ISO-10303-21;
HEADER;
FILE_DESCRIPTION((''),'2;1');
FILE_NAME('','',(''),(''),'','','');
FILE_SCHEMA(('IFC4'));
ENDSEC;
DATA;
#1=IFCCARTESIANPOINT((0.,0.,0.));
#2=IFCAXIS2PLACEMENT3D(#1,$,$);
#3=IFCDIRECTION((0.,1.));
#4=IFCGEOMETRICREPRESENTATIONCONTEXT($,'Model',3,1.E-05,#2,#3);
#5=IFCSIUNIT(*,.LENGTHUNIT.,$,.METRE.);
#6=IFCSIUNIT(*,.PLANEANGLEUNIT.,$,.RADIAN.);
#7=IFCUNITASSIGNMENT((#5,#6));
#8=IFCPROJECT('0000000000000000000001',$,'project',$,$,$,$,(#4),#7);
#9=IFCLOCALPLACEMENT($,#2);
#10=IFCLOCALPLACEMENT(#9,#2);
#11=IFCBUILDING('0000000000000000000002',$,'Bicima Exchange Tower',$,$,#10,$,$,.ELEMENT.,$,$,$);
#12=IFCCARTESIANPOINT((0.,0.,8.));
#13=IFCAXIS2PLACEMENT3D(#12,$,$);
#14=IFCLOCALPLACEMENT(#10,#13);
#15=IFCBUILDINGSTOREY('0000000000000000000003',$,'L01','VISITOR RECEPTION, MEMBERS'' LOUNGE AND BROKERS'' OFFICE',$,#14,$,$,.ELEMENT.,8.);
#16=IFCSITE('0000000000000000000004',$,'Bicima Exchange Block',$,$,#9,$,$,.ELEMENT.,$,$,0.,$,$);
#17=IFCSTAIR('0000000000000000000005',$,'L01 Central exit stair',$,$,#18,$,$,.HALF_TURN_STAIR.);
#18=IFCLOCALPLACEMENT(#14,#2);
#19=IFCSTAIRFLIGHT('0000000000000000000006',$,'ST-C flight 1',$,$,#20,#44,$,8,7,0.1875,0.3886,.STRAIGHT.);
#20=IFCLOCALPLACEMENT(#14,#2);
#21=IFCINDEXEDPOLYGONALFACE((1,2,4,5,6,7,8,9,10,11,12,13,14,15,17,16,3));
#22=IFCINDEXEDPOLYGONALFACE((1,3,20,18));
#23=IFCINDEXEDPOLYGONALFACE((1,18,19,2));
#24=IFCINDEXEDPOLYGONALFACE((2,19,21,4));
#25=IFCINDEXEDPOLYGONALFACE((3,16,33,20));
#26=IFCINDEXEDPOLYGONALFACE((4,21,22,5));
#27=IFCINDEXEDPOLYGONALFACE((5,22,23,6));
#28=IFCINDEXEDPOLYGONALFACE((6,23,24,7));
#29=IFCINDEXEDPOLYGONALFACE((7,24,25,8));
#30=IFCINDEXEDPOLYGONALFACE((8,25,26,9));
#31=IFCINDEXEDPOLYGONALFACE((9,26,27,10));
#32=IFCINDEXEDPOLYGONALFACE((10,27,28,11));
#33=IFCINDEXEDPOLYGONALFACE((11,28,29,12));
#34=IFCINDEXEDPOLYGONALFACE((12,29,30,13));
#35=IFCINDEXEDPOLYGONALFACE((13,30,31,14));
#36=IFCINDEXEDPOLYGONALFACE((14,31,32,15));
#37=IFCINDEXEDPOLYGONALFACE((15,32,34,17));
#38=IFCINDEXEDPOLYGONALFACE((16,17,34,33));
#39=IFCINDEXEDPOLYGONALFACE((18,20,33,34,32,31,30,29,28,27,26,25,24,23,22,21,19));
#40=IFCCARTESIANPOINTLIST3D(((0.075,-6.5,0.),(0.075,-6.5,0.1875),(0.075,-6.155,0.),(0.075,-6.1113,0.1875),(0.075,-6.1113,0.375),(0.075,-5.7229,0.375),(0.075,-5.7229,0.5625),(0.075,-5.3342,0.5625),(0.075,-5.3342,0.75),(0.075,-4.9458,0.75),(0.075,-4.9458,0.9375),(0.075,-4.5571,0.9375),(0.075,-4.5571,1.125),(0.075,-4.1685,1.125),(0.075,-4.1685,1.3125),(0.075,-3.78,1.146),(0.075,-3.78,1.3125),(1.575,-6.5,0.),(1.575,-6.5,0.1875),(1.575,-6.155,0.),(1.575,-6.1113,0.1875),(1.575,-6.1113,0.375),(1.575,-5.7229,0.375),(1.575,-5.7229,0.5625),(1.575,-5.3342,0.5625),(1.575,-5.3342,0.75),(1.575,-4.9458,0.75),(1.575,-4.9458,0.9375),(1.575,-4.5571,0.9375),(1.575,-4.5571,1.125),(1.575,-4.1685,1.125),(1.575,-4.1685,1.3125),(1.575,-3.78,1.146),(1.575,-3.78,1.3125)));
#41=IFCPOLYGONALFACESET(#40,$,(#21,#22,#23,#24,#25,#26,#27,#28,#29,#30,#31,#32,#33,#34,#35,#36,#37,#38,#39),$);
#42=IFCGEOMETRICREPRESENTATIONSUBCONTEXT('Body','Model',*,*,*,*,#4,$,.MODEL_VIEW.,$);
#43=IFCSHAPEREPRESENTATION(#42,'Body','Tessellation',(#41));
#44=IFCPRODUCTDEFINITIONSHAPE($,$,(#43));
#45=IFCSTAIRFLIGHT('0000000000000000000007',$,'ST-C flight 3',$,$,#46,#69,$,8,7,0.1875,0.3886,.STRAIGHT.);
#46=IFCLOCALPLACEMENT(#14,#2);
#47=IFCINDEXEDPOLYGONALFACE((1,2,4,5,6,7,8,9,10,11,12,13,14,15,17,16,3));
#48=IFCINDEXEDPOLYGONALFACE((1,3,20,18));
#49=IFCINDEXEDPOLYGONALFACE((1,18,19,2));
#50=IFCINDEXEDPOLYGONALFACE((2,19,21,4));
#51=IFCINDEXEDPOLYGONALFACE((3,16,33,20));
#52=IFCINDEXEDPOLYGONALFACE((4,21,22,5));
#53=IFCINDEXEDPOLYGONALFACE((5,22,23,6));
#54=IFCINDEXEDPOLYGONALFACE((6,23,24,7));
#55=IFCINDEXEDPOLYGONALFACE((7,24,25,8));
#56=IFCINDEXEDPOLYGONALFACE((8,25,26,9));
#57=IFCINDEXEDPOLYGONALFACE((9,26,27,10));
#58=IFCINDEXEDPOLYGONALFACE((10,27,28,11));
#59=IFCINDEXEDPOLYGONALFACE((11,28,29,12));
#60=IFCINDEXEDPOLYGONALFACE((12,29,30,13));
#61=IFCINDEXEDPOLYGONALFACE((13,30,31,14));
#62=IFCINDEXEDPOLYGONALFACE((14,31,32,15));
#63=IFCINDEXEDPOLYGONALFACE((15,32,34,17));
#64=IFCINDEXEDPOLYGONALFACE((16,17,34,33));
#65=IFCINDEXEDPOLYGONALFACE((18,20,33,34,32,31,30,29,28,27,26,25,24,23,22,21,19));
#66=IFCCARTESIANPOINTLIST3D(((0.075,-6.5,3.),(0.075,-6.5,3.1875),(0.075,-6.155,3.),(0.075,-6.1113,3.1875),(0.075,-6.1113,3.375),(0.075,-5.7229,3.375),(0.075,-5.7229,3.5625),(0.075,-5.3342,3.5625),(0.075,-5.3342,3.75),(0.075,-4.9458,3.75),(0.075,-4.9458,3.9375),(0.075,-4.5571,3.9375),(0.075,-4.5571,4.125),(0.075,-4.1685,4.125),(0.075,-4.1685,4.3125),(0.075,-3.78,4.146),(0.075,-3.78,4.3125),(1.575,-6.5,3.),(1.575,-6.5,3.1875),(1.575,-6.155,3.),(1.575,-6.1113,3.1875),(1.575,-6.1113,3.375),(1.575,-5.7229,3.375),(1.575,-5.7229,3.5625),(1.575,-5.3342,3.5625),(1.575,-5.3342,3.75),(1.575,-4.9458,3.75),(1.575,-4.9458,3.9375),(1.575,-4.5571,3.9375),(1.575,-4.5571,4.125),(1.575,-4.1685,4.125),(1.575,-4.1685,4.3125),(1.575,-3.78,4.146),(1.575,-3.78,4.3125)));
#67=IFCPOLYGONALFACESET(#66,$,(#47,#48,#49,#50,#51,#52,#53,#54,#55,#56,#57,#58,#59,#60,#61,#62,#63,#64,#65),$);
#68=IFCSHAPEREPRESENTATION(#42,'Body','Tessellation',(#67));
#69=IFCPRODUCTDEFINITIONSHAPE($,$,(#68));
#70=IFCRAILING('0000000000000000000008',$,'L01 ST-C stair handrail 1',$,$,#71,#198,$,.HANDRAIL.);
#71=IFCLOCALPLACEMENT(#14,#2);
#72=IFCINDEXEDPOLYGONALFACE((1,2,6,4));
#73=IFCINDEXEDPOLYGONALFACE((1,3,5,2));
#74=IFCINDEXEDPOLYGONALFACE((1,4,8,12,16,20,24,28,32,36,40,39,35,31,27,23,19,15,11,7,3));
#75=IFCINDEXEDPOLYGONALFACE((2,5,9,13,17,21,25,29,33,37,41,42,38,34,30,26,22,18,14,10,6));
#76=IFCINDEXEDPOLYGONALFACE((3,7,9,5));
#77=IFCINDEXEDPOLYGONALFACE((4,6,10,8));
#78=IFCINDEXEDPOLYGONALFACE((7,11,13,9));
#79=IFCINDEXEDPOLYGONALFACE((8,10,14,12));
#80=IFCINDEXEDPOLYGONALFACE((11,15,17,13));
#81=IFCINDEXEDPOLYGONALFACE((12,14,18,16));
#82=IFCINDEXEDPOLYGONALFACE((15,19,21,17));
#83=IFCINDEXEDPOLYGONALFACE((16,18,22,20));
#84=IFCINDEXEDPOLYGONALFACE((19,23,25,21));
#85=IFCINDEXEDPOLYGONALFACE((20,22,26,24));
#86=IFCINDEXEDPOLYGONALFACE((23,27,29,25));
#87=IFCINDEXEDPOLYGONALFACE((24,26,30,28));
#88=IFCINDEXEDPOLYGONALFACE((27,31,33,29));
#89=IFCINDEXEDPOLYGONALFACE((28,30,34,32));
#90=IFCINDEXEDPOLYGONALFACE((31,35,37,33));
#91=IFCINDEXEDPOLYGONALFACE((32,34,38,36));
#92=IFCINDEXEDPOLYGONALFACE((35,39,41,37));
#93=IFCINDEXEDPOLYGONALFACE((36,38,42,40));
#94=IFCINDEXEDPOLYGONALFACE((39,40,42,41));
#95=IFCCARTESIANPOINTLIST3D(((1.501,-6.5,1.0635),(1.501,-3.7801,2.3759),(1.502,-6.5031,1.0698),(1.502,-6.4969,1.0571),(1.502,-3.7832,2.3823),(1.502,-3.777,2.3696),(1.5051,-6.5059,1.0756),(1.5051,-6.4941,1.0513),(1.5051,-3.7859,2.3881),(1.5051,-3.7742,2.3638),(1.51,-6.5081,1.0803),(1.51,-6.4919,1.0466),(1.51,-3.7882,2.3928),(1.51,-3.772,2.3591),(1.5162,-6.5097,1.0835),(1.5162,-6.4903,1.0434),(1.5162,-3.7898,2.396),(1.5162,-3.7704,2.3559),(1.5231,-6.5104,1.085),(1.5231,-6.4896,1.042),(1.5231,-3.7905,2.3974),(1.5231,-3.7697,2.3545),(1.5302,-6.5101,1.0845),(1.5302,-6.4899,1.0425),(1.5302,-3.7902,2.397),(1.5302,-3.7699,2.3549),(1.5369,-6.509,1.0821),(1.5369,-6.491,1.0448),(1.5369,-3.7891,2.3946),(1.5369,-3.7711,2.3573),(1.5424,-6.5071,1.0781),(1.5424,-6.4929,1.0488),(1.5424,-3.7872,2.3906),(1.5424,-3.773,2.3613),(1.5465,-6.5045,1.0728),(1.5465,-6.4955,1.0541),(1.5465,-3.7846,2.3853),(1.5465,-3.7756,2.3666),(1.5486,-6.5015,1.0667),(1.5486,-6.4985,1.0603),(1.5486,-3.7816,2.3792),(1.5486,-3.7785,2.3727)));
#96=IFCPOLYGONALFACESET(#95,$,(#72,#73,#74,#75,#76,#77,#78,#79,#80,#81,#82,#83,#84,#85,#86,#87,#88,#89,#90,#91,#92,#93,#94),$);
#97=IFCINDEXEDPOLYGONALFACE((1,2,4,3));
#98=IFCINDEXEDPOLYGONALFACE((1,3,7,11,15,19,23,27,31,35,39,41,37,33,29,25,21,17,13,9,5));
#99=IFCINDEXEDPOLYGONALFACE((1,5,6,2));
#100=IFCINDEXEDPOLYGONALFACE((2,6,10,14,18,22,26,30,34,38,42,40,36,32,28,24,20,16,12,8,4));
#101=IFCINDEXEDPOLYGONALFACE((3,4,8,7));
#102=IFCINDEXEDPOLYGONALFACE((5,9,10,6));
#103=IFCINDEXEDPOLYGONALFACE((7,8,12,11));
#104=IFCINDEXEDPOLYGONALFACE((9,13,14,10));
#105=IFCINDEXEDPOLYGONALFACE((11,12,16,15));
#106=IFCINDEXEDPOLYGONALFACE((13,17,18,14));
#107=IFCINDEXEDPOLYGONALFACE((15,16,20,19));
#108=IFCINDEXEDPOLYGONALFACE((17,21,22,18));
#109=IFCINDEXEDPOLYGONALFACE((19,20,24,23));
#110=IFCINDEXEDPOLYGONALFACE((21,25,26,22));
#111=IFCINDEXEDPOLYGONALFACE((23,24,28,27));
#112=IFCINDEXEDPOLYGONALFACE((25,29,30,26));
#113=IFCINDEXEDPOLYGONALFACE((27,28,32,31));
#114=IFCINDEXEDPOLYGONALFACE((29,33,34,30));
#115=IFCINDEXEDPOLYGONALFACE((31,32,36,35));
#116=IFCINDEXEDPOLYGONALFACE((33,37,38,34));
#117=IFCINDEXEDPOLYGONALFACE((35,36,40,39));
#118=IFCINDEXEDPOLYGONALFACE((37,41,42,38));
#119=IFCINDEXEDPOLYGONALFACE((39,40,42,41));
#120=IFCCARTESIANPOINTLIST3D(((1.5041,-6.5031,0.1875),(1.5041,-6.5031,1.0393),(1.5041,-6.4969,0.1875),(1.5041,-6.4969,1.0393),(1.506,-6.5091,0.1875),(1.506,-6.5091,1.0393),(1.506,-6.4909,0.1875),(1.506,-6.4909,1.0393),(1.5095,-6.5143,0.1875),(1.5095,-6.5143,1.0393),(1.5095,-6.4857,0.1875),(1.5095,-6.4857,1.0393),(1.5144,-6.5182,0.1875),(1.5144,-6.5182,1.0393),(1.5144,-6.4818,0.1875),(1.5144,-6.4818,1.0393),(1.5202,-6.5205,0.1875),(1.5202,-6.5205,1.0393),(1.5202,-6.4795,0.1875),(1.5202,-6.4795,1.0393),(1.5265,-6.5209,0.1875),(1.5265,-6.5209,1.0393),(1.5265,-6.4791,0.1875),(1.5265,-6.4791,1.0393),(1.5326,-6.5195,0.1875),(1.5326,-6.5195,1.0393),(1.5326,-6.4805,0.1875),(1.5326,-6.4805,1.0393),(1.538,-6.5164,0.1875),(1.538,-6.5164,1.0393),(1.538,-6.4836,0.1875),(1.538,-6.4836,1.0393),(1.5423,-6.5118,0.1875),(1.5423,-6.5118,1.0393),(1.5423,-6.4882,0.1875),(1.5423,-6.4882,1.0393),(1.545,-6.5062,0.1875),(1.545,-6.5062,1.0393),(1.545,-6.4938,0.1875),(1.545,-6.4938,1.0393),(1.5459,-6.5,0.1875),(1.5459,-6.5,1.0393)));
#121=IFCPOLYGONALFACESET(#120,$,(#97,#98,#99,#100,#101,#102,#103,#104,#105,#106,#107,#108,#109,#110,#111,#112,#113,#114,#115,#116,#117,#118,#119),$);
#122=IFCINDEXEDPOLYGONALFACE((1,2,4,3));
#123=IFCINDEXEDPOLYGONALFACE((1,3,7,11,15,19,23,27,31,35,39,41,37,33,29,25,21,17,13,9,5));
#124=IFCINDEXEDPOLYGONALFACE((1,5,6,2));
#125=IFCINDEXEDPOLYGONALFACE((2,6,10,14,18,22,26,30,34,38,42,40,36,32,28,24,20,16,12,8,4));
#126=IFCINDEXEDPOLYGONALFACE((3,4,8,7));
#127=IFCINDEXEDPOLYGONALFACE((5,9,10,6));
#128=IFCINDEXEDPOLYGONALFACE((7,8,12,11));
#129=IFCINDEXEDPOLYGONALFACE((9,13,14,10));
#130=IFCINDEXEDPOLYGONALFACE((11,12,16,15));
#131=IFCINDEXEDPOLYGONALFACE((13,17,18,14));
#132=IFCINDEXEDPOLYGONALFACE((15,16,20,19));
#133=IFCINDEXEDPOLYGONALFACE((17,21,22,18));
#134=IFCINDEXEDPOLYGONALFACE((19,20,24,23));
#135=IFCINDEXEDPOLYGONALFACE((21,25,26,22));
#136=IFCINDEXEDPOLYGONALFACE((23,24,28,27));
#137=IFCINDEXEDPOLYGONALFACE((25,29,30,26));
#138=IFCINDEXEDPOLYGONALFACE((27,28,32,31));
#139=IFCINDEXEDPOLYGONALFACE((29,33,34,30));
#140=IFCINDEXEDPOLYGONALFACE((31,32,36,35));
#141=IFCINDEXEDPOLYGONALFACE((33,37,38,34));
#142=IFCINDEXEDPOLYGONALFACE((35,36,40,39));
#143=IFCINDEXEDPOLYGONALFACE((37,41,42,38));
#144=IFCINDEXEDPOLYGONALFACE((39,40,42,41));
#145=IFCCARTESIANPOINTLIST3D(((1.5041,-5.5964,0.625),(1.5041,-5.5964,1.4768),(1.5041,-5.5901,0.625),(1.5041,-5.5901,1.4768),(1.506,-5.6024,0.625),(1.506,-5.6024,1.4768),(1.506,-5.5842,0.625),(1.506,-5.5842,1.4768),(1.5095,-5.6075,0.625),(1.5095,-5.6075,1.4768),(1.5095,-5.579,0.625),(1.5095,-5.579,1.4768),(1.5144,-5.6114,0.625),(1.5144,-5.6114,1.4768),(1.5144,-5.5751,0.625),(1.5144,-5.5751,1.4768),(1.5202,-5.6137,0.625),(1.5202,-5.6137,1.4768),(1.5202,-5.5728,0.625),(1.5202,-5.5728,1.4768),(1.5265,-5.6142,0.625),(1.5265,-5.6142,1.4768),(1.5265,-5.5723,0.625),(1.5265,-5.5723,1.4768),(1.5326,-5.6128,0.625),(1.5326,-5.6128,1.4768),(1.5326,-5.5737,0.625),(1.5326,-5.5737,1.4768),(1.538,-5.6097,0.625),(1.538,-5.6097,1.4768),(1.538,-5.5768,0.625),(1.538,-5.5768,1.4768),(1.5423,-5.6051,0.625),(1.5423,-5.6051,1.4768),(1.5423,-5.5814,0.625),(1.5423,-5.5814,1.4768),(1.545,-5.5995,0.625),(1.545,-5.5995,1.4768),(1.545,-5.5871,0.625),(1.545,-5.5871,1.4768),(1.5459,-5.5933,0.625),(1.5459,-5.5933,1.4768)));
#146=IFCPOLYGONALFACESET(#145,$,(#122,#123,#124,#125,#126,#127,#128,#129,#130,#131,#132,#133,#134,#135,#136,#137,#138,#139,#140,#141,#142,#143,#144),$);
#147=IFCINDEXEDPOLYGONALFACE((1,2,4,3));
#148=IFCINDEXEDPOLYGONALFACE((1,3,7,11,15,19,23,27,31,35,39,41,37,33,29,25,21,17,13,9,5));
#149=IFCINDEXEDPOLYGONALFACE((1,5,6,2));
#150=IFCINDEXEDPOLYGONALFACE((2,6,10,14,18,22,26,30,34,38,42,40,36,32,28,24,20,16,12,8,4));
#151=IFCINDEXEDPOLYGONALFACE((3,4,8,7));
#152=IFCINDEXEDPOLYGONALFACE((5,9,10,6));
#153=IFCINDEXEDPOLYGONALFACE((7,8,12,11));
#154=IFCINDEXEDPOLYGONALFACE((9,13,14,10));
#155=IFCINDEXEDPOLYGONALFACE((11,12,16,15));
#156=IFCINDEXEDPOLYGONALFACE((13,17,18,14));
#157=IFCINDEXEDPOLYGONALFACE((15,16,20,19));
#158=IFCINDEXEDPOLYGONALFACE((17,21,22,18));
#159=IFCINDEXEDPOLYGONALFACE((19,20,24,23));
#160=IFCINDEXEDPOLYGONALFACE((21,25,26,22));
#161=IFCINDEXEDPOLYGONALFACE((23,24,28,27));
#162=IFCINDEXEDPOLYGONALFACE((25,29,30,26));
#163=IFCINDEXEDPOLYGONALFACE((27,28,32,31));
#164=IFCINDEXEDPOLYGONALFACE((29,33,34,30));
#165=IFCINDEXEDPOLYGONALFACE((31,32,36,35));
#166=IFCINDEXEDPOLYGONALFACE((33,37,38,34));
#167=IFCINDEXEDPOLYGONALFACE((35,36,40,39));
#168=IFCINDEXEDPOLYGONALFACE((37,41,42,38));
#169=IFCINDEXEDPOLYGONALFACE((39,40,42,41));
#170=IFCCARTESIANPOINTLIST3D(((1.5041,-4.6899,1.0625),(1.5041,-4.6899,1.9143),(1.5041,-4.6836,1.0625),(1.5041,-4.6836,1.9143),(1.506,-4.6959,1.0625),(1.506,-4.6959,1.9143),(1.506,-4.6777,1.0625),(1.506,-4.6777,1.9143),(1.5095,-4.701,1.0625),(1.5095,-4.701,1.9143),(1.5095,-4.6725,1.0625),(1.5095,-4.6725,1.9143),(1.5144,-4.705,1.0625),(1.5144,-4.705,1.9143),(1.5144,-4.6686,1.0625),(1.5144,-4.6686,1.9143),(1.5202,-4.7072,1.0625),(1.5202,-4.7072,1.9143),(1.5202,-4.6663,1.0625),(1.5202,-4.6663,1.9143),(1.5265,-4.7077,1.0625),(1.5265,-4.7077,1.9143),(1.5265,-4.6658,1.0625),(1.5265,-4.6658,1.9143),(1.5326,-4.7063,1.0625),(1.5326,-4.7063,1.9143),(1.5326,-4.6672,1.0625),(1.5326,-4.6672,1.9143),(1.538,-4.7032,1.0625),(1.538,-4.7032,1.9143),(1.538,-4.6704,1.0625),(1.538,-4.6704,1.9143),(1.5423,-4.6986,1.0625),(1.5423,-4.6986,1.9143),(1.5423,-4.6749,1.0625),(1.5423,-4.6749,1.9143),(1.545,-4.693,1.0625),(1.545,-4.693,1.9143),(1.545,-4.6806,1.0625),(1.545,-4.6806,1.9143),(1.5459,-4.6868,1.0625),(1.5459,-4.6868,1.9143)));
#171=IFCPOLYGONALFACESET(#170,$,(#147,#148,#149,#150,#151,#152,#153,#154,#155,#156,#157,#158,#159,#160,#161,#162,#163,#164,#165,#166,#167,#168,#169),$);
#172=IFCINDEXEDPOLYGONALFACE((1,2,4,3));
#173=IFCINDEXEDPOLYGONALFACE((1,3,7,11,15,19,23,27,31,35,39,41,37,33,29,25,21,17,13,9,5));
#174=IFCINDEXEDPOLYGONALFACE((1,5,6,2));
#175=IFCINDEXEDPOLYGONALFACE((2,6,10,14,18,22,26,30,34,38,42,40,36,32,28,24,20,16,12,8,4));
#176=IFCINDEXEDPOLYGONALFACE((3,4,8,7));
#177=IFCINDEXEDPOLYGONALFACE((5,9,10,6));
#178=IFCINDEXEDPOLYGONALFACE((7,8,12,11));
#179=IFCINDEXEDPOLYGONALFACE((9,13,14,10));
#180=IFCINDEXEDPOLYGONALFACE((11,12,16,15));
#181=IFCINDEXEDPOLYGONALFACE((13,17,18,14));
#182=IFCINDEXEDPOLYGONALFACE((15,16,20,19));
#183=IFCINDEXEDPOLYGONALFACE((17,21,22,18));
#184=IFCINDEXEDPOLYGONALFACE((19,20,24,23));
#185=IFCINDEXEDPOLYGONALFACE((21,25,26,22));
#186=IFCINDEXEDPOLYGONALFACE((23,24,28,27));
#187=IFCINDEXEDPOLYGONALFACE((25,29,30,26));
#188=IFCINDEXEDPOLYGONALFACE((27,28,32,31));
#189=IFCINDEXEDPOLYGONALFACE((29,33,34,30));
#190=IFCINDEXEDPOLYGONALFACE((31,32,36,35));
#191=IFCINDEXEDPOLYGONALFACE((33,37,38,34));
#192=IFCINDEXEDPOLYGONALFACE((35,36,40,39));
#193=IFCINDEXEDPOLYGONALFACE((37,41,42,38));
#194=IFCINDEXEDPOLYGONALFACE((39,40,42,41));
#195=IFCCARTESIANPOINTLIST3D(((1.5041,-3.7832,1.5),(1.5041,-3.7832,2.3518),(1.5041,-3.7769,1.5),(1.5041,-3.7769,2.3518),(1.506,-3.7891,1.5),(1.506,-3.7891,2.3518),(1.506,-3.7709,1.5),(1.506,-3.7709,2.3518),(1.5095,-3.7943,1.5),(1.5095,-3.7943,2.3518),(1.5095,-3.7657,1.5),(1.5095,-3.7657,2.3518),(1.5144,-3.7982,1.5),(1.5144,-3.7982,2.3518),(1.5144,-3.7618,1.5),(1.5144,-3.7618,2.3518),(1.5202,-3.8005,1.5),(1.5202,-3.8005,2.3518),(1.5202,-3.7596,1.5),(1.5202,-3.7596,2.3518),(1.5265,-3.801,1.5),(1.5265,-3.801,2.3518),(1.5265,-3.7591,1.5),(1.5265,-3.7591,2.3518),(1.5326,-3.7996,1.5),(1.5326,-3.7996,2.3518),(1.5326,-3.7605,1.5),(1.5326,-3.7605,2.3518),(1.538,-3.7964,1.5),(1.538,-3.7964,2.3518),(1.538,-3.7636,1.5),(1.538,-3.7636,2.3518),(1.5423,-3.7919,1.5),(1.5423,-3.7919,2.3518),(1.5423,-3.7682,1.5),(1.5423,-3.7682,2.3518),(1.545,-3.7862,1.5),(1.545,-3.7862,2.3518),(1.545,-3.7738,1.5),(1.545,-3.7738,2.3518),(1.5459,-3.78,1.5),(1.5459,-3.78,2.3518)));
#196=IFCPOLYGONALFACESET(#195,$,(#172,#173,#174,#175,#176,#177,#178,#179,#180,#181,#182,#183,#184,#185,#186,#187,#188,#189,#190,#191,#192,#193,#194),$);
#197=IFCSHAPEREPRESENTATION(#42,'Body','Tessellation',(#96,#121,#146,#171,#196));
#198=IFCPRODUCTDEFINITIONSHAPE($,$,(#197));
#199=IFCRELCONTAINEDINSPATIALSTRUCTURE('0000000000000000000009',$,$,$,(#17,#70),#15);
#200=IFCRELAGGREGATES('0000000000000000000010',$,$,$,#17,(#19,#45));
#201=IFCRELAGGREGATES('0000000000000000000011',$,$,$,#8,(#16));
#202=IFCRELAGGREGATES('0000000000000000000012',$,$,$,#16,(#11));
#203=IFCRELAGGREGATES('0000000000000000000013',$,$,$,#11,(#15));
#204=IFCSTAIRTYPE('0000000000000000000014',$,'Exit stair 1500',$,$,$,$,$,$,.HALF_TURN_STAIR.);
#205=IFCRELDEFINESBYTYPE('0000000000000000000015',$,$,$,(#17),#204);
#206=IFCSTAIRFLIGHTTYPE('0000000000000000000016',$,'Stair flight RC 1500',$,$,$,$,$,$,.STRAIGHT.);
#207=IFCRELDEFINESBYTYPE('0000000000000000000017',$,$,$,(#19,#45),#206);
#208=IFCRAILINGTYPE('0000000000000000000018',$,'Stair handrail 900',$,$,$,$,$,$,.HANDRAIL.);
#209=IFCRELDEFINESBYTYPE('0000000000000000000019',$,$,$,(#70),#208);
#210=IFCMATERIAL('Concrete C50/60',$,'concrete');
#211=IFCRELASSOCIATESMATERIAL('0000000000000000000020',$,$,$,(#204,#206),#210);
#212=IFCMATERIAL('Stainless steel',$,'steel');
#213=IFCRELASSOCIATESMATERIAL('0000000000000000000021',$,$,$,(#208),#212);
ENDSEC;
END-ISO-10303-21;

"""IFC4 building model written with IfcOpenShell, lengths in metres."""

from ifc_helpers import new_model, si_unit, direction, frame, origin, origin_2d, place, context, subcontext, project, spatial, polyline, circle, outline, extrude, material, type_object, element, aggregate, save


model = new_model("IFC4")

# Units and contexts
model_context = context("Model", 3, precision=1e-05, world=origin(), true_north=direction((0.0, 1.0)))
body_context = subcontext(model_context, "Body", "Model", "MODEL_VIEW")
ifc_project = project(units=[si_unit("LENGTHUNIT", "METRE"), si_unit("PLANEANGLEUNIT", "RADIAN")], contexts=[model_context])

# Site, building, storey
site_placement = place(None, origin())
site = spatial("IfcSite", under=ifc_project, at=site_placement, Name="Bicima Exchange Block", CompositionType="ELEMENT", RefElevation=0.0)
building_placement = place(site_placement, origin())
building = spatial("IfcBuilding", under=site, at=building_placement, Name="Bicima Exchange Tower", CompositionType="ELEMENT")
storey_placement = place(building_placement, frame((0.0, 0.0, 8.0)))
storey = spatial("IfcBuildingStorey", under=building, at=storey_placement, Name="L01", Description="VISITOR RECEPTION, MEMBERS' LOUNGE AND BROKERS' OFFICE", CompositionType="ELEMENT", Elevation=8.0)

# Shared definitions
ifc_material_1 = material(Name="Concrete C50/60", Category="concrete")

# Shared definitions
ifc_material_2 = material(Name="Stainless steel", Category="steel")

# Stair, stair flights
stair_type = type_object("IfcStairType", Name="Exit stair 1500", PredefinedType="HALF_TURN_STAIR", material=ifc_material_1)
stair_placement = place(storey_placement, origin())
stair = element("IfcStair", 1, at=stair_placement, inside=storey, type_object=stair_type, Name="L01 Central exit stair", PredefinedType="HALF_TURN_STAIR")
stair_flight_type = type_object("IfcStairFlightType", Name="Stair flight RC 1500", PredefinedType="STRAIGHT", material=ifc_material_1)
stair_flight_1_placement = place(storey_placement, frame((0.825, -6.5, 0.0), z_axis=(0.0, 0.0, 1.0), x_axis=(0.0, 1.0, 0.0)))
stair_flight_1 = element("IfcStairFlight", 2, at=stair_flight_1_placement, type_object=stair_flight_type, Name="ST-C flight 1", NumberOfRisers=8, NumberOfTreads=7, PredefinedType="STRAIGHT", RiserHeight=0.1875, TreadLength=0.3886, context=body_context, shape_type="SweptSolid", body=[
    extrude(outline(polyline([(0.0, 0.0), (0.0, 0.1875), (0.3887, 0.1875), (0.3887, 0.375), (0.7771, 0.375), (0.7771, 0.5625), (1.1658, 0.5625), (1.1658, 0.75), (1.5542, 0.75), (1.5542, 0.9375), (1.9429, 0.9375), (1.9429, 1.125), (2.3315, 1.125), (2.3315, 1.3125), (2.72, 1.3125), (2.72, 1.5), (2.72, 1.146), (0.345, 0.0), (0.0, 0.0)])), frame((0.0, 0.75, 0.0), z_axis=(0.0, -1.0, 0.0), x_axis=(1.0, 0.0, 0.0)), (0.0, 0.0, 1.0), 1.5),
])
stair_flight_2_placement = place(storey_placement, frame((0.825, -6.5, 3.0), z_axis=(0.0, 0.0, 1.0), x_axis=(0.0, 1.0, 0.0)))
stair_flight_2 = element("IfcStairFlight", 3, at=stair_flight_2_placement, type_object=stair_flight_type, Name="ST-C flight 3", NumberOfRisers=8, NumberOfTreads=7, PredefinedType="STRAIGHT", RiserHeight=0.1875, TreadLength=0.3886, context=body_context, shape_type="SweptSolid", body=[
    extrude(outline(polyline([(0.0, 0.0), (0.0, 0.1875), (0.3887, 0.1875), (0.3887, 0.375), (0.7771, 0.375), (0.7771, 0.5625), (1.1658, 0.5625), (1.1658, 0.75), (1.5542, 0.75), (1.5542, 0.9375), (1.9429, 0.9375), (1.9429, 1.125), (2.3315, 1.125), (2.3315, 1.3125), (2.72, 1.3125), (2.72, 1.5), (2.72, 1.146), (0.345, 0.0), (0.0, 0.0)])), frame((0.0, 0.75, 0.0), z_axis=(0.0, -1.0, 0.0), x_axis=(1.0, 0.0, 0.0)), (0.0, 0.0, 1.0), 1.5),
])
aggregate(stair, [stair_flight_1, stair_flight_2])

# Railing
railing_type_1 = type_object("IfcRailingType", Name="Stair handrail 900", PredefinedType="HANDRAIL", material=ifc_material_2)
for number, where, name in (
    (4, (1.5249, -6.5, 0.1875), "L01 ST-C stair handrail 1"),
):
    element("IfcRailing", number, at=place(storey_placement, frame(where)), inside=storey, type_object=railing_type_1, Name=name, PredefinedType="HANDRAIL", context=body_context, shape_type="SweptSolid", body=[
        extrude(circle(Radius=0.0239, at=origin_2d()), frame((0.0, 0.0, 0.876), z_axis=(0.0, 0.900628, 0.434591), x_axis=(-1.0, 0.0, 0.0)), (0.0, 0.0, 1.0), 3.02),
        extrude(circle(Radius=0.021, at=origin_2d()), origin(), (0.0, 0.0, 1.0), 0.8518),
        extrude(circle(Radius=0.021, at=origin_2d()), frame((0.0, 0.9067, 0.4375)), (0.0, 0.0, 1.0), 0.8518),
        extrude(circle(Radius=0.021, at=origin_2d()), frame((0.0, 1.8132, 0.875)), (0.0, 0.0, 1.0), 0.8518),
        extrude(circle(Radius=0.021, at=origin_2d()), frame((0.0, 2.72, 1.3125)), (0.0, 0.0, 1.0), 0.8518),
    ])

save(model, "model.ifc")
